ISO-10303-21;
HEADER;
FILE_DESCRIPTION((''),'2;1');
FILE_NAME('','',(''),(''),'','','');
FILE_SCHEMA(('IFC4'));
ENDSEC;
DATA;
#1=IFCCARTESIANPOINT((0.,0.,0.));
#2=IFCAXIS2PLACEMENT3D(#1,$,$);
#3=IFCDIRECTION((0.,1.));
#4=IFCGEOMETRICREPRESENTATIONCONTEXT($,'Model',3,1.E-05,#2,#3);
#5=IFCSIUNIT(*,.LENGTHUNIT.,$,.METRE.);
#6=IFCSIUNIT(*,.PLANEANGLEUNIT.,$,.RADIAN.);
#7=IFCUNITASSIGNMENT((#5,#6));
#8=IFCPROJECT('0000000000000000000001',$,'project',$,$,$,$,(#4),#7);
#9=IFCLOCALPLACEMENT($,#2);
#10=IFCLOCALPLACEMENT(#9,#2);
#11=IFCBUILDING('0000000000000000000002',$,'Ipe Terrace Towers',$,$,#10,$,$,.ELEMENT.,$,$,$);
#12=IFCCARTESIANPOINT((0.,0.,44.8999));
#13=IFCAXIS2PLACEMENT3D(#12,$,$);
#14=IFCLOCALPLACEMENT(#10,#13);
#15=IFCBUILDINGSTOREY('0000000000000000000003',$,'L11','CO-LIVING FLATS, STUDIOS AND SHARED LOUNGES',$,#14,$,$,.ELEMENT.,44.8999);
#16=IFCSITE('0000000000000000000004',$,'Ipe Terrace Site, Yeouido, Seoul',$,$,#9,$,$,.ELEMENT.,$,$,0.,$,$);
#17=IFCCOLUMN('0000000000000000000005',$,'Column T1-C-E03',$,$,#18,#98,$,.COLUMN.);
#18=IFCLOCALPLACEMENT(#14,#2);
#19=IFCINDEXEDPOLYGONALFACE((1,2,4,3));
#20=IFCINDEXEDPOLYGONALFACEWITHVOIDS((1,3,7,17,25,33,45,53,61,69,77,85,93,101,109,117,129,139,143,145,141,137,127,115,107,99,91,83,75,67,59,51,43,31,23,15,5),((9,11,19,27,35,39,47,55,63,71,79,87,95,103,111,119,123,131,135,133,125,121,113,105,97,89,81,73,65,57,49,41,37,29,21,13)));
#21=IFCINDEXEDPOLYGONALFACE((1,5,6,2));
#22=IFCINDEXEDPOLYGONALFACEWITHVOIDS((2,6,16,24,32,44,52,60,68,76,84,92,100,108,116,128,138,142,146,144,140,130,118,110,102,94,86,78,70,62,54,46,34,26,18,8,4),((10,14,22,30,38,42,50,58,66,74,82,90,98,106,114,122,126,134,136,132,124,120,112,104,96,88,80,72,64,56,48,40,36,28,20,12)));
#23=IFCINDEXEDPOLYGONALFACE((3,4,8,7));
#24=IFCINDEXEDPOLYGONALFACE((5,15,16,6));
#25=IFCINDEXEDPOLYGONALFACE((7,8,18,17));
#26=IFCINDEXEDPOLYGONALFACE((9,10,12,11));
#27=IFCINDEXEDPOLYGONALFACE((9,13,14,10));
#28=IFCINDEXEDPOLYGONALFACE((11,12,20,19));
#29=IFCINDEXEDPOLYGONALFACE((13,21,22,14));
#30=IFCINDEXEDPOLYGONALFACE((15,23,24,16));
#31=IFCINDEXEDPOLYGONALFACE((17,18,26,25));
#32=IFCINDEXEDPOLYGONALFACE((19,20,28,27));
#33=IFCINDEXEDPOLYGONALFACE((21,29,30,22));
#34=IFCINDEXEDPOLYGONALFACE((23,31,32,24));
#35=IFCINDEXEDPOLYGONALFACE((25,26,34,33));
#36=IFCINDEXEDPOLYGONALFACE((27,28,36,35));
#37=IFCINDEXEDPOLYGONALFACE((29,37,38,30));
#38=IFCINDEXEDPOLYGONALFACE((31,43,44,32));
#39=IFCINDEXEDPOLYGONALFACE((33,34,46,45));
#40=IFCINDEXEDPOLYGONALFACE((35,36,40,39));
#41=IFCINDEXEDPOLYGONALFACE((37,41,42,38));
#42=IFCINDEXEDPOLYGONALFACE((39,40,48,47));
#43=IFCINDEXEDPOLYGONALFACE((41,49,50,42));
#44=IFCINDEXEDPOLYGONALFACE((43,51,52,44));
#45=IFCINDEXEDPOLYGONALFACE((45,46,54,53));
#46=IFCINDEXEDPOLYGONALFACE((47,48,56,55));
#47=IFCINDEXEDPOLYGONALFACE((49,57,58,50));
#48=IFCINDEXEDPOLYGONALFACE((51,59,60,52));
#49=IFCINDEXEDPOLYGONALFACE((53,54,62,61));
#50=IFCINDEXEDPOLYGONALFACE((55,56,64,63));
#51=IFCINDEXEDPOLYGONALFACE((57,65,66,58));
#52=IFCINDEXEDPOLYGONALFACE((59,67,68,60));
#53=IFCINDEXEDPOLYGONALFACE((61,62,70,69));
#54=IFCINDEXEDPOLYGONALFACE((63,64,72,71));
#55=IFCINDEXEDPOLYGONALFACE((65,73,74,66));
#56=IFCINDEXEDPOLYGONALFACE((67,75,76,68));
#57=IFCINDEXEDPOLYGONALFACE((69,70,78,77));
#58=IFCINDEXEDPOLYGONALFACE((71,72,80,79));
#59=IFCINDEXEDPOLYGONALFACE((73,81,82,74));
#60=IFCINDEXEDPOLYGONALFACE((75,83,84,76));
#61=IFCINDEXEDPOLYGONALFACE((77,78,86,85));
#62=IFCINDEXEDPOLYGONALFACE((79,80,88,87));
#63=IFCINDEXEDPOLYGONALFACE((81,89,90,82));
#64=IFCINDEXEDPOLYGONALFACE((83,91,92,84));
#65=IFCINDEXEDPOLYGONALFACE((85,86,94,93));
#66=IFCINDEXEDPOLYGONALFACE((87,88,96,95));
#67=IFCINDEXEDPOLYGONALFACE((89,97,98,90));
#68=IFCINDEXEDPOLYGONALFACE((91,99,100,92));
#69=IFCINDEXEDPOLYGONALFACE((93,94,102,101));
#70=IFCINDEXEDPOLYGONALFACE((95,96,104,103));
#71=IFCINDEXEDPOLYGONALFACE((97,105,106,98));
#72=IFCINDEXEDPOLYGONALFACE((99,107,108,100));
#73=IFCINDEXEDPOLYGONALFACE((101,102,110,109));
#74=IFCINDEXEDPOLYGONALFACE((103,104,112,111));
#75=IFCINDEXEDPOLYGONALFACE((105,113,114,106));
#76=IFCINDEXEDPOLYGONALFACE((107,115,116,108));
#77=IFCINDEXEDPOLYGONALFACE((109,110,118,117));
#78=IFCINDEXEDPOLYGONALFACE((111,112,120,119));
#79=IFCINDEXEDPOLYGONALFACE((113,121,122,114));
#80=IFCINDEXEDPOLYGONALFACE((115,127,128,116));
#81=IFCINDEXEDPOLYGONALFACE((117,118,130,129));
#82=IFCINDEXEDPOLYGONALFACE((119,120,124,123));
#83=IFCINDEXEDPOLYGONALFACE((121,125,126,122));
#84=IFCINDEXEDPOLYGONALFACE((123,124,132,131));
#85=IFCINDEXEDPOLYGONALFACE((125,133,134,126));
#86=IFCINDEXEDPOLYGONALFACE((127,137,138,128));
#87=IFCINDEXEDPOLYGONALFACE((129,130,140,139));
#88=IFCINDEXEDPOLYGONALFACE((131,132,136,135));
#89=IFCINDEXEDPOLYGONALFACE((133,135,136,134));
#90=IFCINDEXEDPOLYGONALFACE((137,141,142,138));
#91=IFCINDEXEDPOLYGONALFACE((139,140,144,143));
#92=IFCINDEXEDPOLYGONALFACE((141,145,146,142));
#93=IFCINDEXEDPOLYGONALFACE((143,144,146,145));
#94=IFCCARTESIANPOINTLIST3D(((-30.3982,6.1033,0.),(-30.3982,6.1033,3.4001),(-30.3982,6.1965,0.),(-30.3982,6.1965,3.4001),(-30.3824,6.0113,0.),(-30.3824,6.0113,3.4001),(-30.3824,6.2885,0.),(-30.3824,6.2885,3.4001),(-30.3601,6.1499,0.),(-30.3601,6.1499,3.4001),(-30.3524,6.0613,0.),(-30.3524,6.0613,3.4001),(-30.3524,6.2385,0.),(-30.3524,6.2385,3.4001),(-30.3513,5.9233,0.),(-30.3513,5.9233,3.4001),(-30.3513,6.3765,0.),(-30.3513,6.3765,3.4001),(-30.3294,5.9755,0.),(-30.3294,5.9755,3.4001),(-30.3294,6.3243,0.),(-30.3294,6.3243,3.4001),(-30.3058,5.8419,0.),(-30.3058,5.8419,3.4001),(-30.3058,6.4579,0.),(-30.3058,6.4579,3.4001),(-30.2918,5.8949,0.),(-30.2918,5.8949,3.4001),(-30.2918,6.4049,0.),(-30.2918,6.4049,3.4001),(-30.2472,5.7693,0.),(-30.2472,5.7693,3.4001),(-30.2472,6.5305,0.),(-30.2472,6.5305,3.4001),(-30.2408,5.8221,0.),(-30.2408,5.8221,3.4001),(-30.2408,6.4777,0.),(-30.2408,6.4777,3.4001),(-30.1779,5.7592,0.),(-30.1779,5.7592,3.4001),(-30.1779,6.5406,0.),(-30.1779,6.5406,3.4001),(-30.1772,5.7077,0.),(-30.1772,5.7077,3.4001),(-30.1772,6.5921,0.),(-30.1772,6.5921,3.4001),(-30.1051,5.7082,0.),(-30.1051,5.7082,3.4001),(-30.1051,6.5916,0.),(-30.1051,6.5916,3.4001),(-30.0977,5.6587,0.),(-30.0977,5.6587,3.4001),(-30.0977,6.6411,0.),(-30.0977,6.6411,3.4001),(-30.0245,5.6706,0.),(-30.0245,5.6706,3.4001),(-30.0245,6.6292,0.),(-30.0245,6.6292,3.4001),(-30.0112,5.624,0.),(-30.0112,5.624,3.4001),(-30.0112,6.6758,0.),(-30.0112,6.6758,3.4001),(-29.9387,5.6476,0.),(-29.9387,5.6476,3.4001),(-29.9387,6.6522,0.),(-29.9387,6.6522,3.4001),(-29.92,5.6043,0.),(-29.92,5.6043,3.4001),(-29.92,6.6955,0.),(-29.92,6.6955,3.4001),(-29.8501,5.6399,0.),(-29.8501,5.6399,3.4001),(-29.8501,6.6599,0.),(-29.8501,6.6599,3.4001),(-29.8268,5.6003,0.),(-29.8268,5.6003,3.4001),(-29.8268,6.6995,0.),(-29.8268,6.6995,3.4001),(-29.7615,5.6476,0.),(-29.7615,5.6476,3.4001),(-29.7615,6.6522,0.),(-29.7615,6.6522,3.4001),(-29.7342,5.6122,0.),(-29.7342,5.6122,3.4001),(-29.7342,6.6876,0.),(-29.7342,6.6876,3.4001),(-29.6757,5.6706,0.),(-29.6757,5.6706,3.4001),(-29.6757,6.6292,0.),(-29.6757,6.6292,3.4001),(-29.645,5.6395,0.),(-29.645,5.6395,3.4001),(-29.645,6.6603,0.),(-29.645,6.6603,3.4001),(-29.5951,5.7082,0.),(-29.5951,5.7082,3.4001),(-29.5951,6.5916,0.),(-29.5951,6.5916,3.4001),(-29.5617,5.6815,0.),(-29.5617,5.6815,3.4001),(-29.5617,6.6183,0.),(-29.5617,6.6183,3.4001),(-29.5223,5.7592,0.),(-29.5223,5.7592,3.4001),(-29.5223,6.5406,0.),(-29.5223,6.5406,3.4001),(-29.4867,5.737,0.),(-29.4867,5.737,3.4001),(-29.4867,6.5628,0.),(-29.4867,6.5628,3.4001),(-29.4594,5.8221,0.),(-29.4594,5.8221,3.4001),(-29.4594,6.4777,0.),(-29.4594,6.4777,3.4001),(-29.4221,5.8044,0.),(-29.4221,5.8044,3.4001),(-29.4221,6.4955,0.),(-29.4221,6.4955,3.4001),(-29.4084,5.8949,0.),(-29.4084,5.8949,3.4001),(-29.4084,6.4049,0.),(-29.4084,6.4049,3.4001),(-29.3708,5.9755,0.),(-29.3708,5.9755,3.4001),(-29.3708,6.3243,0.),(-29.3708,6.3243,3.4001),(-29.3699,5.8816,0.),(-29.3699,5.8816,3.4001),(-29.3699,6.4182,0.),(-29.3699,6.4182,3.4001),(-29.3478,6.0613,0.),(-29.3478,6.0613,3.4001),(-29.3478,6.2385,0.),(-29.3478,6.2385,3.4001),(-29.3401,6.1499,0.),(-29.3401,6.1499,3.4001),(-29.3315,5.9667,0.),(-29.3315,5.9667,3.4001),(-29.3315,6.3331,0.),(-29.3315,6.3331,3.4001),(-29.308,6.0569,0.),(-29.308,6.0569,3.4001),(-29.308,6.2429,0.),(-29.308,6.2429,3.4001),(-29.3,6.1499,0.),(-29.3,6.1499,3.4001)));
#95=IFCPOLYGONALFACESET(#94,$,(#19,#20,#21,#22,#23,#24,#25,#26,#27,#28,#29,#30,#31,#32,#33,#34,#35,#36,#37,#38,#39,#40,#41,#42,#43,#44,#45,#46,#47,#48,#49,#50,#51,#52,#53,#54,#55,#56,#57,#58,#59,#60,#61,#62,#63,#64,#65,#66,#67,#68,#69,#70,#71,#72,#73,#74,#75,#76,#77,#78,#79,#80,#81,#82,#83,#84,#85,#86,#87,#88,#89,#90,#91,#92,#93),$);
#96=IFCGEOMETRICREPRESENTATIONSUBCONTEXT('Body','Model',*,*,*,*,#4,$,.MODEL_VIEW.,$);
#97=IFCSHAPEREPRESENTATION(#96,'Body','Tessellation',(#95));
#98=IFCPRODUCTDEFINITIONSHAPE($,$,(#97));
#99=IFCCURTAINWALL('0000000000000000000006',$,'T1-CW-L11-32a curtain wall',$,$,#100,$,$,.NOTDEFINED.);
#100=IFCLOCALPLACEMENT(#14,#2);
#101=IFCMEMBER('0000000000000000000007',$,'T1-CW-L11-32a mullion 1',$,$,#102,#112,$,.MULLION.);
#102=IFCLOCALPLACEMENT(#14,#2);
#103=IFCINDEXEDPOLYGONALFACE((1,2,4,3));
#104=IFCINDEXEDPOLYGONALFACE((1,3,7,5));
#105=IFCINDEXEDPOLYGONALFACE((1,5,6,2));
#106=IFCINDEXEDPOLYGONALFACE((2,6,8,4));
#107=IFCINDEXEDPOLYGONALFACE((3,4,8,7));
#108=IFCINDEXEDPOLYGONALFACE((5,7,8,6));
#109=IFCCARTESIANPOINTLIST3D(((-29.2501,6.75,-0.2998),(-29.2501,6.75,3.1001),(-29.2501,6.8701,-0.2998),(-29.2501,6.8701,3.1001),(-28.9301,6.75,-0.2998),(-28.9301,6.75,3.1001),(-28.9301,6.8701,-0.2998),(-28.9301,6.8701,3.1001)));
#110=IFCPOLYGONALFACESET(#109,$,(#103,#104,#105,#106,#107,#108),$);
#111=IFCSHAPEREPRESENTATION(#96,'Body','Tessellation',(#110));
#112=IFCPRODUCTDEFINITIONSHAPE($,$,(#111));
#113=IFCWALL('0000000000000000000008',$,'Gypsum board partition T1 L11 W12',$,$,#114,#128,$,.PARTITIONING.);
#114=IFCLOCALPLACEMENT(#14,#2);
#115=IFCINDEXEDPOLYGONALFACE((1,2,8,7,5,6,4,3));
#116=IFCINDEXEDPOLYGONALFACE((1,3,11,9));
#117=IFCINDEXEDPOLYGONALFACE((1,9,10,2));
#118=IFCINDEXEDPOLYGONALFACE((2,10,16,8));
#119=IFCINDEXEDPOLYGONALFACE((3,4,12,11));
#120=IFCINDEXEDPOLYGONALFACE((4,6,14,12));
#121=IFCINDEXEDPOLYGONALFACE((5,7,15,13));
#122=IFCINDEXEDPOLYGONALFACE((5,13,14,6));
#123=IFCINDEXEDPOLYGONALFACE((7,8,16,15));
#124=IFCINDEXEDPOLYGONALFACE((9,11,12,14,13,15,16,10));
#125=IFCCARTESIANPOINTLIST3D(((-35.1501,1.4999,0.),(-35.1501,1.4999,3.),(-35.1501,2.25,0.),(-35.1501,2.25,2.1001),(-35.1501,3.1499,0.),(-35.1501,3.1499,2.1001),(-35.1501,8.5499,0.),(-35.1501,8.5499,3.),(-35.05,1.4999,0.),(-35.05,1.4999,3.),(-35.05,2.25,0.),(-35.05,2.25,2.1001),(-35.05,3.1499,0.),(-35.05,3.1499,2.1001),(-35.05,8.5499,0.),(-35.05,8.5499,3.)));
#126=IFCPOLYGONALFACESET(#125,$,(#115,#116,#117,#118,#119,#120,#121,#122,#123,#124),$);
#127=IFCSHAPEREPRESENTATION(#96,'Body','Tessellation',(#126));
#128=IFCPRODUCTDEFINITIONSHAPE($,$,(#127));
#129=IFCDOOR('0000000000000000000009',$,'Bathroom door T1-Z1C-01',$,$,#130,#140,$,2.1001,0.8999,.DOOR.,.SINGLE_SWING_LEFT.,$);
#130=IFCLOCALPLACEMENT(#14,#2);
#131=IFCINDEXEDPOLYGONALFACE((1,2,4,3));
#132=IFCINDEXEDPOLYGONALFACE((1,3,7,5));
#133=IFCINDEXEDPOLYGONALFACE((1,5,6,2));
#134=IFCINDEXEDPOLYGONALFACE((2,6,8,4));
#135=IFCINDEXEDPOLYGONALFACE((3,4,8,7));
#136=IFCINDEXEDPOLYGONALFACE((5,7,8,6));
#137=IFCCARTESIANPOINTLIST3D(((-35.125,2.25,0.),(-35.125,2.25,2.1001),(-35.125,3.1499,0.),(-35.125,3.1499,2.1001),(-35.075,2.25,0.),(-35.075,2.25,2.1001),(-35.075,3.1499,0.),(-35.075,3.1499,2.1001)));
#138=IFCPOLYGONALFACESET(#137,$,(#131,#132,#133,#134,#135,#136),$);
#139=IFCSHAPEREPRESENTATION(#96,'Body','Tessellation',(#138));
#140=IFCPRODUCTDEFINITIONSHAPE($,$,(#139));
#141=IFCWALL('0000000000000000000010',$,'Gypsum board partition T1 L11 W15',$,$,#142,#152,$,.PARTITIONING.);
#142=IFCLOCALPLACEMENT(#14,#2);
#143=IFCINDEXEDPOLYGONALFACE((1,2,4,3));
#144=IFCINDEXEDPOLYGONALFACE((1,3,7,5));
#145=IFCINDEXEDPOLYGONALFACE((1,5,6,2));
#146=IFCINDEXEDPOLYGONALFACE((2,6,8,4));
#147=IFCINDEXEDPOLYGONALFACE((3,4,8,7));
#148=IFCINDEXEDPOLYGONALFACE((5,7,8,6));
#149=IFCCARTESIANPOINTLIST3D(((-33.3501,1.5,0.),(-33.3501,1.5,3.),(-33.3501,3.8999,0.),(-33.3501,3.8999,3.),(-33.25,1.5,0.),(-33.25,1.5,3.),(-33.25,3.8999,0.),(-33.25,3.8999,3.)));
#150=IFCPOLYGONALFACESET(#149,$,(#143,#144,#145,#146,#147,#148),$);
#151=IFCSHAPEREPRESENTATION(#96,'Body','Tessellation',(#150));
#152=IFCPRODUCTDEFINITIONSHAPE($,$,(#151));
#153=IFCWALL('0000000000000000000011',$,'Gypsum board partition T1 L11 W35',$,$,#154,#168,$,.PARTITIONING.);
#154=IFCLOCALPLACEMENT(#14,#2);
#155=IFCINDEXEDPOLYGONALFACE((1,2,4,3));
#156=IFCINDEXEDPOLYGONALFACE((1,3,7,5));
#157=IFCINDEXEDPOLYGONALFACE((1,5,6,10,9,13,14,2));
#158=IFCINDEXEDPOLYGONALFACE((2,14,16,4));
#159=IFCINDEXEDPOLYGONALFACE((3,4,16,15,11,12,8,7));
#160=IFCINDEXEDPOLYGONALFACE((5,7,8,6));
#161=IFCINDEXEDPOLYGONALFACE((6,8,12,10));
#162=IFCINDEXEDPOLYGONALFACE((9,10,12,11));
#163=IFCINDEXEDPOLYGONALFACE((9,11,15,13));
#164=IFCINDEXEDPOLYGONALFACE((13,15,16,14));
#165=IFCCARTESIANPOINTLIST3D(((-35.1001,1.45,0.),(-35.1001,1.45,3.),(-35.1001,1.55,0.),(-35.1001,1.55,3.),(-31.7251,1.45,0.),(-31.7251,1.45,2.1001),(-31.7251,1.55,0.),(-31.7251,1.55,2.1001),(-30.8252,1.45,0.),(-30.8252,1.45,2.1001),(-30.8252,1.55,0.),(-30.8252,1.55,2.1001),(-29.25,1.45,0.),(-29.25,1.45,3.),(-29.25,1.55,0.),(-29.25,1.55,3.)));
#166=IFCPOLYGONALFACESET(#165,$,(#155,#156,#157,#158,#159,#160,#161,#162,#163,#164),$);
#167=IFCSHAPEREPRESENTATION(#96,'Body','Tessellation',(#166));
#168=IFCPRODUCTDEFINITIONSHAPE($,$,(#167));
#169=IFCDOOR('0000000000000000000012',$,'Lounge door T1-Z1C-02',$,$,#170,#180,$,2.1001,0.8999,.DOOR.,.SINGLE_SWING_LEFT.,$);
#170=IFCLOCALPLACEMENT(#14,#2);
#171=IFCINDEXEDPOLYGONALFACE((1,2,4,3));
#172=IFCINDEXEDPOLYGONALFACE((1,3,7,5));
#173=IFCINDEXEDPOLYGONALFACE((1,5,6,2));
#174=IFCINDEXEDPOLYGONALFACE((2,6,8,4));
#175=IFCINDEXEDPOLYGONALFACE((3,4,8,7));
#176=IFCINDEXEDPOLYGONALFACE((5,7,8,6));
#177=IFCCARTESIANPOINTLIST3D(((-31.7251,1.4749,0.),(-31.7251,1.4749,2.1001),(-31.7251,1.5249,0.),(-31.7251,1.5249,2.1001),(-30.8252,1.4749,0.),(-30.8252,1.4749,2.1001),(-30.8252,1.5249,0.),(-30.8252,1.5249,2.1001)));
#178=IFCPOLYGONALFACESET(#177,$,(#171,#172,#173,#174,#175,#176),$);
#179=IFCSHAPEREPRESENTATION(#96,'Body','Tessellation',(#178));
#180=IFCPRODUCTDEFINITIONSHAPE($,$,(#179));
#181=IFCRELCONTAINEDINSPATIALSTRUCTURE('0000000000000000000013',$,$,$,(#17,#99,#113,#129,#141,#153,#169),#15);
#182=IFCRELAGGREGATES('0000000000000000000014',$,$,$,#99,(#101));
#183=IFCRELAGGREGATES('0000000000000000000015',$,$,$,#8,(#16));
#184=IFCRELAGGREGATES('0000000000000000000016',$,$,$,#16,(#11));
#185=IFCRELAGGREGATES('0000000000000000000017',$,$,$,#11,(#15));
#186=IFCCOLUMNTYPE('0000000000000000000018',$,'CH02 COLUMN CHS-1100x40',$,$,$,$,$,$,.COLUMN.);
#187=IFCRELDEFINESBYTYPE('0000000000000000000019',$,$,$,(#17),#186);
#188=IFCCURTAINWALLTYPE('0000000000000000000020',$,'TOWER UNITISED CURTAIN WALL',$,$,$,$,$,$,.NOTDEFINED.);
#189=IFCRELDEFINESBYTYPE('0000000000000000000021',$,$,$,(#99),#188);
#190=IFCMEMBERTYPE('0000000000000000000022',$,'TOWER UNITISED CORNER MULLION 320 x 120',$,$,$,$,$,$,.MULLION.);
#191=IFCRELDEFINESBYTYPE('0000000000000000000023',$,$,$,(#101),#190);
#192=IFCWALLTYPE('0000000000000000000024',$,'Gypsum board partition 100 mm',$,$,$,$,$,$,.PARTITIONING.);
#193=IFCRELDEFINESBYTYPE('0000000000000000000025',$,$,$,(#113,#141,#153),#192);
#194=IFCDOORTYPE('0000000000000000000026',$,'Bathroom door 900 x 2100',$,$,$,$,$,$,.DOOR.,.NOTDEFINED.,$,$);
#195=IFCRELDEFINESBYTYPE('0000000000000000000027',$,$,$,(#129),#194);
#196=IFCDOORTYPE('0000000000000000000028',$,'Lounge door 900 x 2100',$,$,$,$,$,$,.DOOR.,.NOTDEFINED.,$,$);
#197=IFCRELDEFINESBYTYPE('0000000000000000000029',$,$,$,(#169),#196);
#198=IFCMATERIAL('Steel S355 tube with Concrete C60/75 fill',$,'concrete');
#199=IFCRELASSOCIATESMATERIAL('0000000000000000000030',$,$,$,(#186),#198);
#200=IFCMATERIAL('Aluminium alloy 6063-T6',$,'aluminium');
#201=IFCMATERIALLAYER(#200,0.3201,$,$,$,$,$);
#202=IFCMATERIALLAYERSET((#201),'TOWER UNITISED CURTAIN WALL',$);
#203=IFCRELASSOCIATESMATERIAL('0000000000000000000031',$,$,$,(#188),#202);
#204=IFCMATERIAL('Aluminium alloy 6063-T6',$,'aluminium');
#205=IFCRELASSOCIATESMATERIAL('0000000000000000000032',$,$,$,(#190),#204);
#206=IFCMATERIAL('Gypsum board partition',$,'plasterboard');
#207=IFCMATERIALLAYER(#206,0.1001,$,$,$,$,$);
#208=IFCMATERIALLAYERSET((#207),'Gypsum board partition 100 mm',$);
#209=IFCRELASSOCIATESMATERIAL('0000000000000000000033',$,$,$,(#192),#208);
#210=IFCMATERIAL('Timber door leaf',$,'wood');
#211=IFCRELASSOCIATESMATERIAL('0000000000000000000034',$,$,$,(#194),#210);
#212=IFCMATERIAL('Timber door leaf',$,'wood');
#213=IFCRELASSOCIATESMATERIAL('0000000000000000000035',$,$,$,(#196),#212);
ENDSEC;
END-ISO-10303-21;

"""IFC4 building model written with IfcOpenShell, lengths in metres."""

from ifc_helpers import new_model, si_unit, direction, frame, frame_2d, origin, origin_2d, place, context, subcontext, project, spatial, rectangle, hollow_circle, extrude, material, layer, layer_set, material_profile, profile_set, type_object, element, fill, aggregate, save


model = new_model("IFC4")

# Units and contexts
model_context = context("Model", 3, precision=1e-05, world=origin(), true_north=direction((0.0, 1.0)))
body_context = subcontext(model_context, "Body", "Model", "MODEL_VIEW")
ifc_project = project(units=[si_unit("LENGTHUNIT", "METRE"), si_unit("PLANEANGLEUNIT", "RADIAN")], contexts=[model_context])

# Site, building, storey
site_placement = place(None, origin())
site = spatial("IfcSite", under=ifc_project, at=site_placement, Name="Ipe Terrace Site, Yeouido, Seoul", CompositionType="ELEMENT", RefElevation=0.0)
building_placement = place(site_placement, origin())
building = spatial("IfcBuilding", under=site, at=building_placement, Name="Ipe Terrace Towers", CompositionType="ELEMENT")
storey_placement = place(building_placement, frame((0.0, 0.0, 44.8999)))
storey = spatial("IfcBuildingStorey", under=building, at=storey_placement, Name="L11", Description="CO-LIVING FLATS, STUDIOS AND SHARED LOUNGES", CompositionType="ELEMENT", Elevation=44.8999)

# Column
ifc_material_1 = material(Name="Steel S355 tube with Concrete C60/75 fill", Category="concrete")
ifc_material_profile_1 = material_profile(ifc_material_1, hollow_circle(Radius=0.55, WallThickness=0.04, at=origin_2d()), Name="CHS-1100x40")
ifc_profile_set_1 = profile_set([ifc_material_profile_1], Name="Steel S355 tube with Concrete C60/75 fill")
column_type = type_object("IfcColumnType", Name="CH02 COLUMN CHS-1100x40", PredefinedType="COLUMN", material=ifc_profile_set_1)
column_placement = place(storey_placement, frame((-29.8501, 6.1499, 0.0), z_axis=(0.0, 0.0, 1.0), x_axis=(1.0, 0.0, 0.0)))
element("IfcColumn", 1, at=column_placement, inside=storey, type_object=column_type, Name="Column T1-C-E03", PredefinedType="COLUMN", context=body_context, shape_type="SweptSolid", body=[
    extrude(hollow_circle(Radius=0.55, WallThickness=0.04, at=origin_2d()), origin(), (0.0, 0.0, 1.0), 3.4001),
])

# Curtain wall, member
ifc_material_2 = material(Name="Aluminium alloy 6063-T6", Category="aluminium")
ifc_layer_1 = layer(ifc_material_2, 0.3201)
ifc_layer_set_1 = layer_set([ifc_layer_1], Name="TOWER UNITISED CURTAIN WALL")
curtain_wall_type = type_object("IfcCurtainWallType", Name="TOWER UNITISED CURTAIN WALL", PredefinedType="NOTDEFINED", material=ifc_layer_set_1)
curtain_wall_placement = place(storey_placement, origin())
curtain_wall = element("IfcCurtainWall", 2, at=curtain_wall_placement, inside=storey, type_object=curtain_wall_type, Name="T1-CW-L11-32a curtain wall", PredefinedType="NOTDEFINED")
ifc_material_3 = material(Name="Aluminium alloy 6063-T6", Category="aluminium")
ifc_material_profile_2 = material_profile(ifc_material_3, rectangle(XDim=0.3201, YDim=0.1201, at=origin_2d()), Name="TOWER UNITISED CORNER MULLION 320 x 120")
ifc_profile_set_2 = profile_set([ifc_material_profile_2], Name="Aluminium alloy 6063-T6")
member_type = type_object("IfcMemberType", Name="TOWER UNITISED CORNER MULLION 320 x 120", PredefinedType="MULLION", material=ifc_profile_set_2)
member_placement = place(storey_placement, frame((-29.0901, 6.8101, -0.2998), z_axis=(0.0, 0.0, 1.0), x_axis=(1.0, 0.0, 0.0)))
member = element("IfcMember", 3, at=member_placement, type_object=member_type, Name="T1-CW-L11-32a mullion 1", PredefinedType="MULLION", context=body_context, shape_type="SweptSolid", body=[
    extrude(rectangle(XDim=0.3201, YDim=0.1201, at=origin_2d()), origin(), (0.0, 0.0, 1.0), 3.3999),
])
aggregate(curtain_wall, [member])

# Wall, opening, door
ifc_material_4 = material(Name="Gypsum board partition", Category="plasterboard")
ifc_layer_2 = layer(ifc_material_4, 0.1001)
ifc_layer_set_2 = layer_set([ifc_layer_2], Name="Gypsum board partition 100 mm")
wall_type_1 = type_object("IfcWallType", Name="Gypsum board partition 100 mm", PredefinedType="PARTITIONING", material=ifc_layer_set_2)
wall_1_placement = place(storey_placement, frame((-35.1001, 1.5, 0.0), z_axis=(0.0, 0.0, 1.0), x_axis=(0.0, 1.0, 0.0)))
wall_1 = element("IfcWall", 4, at=wall_1_placement, inside=storey, type_object=wall_type_1, Name="Gypsum board partition T1 L11 W12", PredefinedType="PARTITIONING", context=body_context, shape_type="SweptSolid", body=[
    extrude(rectangle(XDim=7.05, YDim=0.1001, at=frame_2d((3.5249, 0.0))), origin(), (0.0, 0.0, 1.0), 3.0),
])
opening_1_placement = place(wall_1_placement, frame((0.75, 0.0, 0.0)))
opening_1 = element("IfcOpeningElement", 5, at=opening_1_placement, cuts=wall_1, PredefinedType="OPENING", context=body_context, shape_type="SweptSolid", body=[
    extrude(rectangle(XDim=0.8999, YDim=2.1001, at=frame_2d((0.45, 1.05))), frame((0.0, 0.0601, 0.0), z_axis=(0.0, -1.0, 0.0), x_axis=(1.0, 0.0, 0.0)), (0.0, 0.0, 1.0), 0.1201),
])
ifc_material_5 = material(Name="Timber door leaf", Category="wood")
door_type_1 = type_object("IfcDoorType", Name="Bathroom door 900 x 2100", OperationType="NOTDEFINED", PredefinedType="DOOR", material=ifc_material_5)
door_1_placement = place(opening_1_placement, origin())
door_1 = element("IfcDoor", 6, at=door_1_placement, inside=storey, type_object=door_type_1, Name="Bathroom door T1-Z1C-01", OperationType="SINGLE_SWING_LEFT", OverallHeight=2.1001, OverallWidth=0.8999, PredefinedType="DOOR", context=body_context, shape_type="SweptSolid", body=[
    extrude(rectangle(XDim=0.8999, YDim=2.1001, at=frame_2d((0.45, 1.05))), frame((0.0, 0.0249, 0.0), z_axis=(0.0, -1.0, 0.0), x_axis=(1.0, 0.0, 0.0)), (0.0, 0.0, 1.0), 0.05),
])
fill(opening_1, door_1)

# Wall
wall_2_placement = place(storey_placement, frame((-33.3, 1.5, 0.0), z_axis=(0.0, 0.0, 1.0), x_axis=(0.0, 1.0, 0.0)))
element("IfcWall", 7, at=wall_2_placement, inside=storey, type_object=wall_type_1, Name="Gypsum board partition T1 L11 W15", PredefinedType="PARTITIONING", context=body_context, shape_type="SweptSolid", body=[
    extrude(rectangle(XDim=2.3999, YDim=0.1001, at=frame_2d((1.2, 0.0))), origin(), (0.0, 0.0, 1.0), 3.0),
])

# Wall, opening, door
wall_3_placement = place(storey_placement, frame((-35.1001, 1.5, 0.0), z_axis=(0.0, 0.0, 1.0), x_axis=(1.0, 0.0, 0.0)))
wall_3 = element("IfcWall", 8, at=wall_3_placement, inside=storey, type_object=wall_type_1, Name="Gypsum board partition T1 L11 W35", PredefinedType="PARTITIONING", context=body_context, shape_type="SweptSolid", body=[
    extrude(rectangle(XDim=5.8501, YDim=0.1001, at=frame_2d((2.925, 0.0))), origin(), (0.0, 0.0, 1.0), 3.0),
])
opening_2_placement = place(wall_3_placement, frame((3.375, 0.0, 0.0)))
opening_2 = element("IfcOpeningElement", 9, at=opening_2_placement, cuts=wall_3, PredefinedType="OPENING", context=body_context, shape_type="SweptSolid", body=[
    extrude(rectangle(XDim=0.8999, YDim=2.1001, at=frame_2d((0.45, 1.05))), frame((0.0, 0.0601, 0.0), z_axis=(0.0, -1.0, 0.0), x_axis=(1.0, 0.0, 0.0)), (0.0, 0.0, 1.0), 0.1201),
])
ifc_material_6 = material(Name="Timber door leaf", Category="wood")
door_type_2 = type_object("IfcDoorType", Name="Lounge door 900 x 2100", OperationType="NOTDEFINED", PredefinedType="DOOR", material=ifc_material_6)
door_2_placement = place(opening_2_placement, origin())
door_2 = element("IfcDoor", 10, at=door_2_placement, inside=storey, type_object=door_type_2, Name="Lounge door T1-Z1C-02", OperationType="SINGLE_SWING_LEFT", OverallHeight=2.1001, OverallWidth=0.8999, PredefinedType="DOOR", context=body_context, shape_type="SweptSolid", body=[
    extrude(rectangle(XDim=0.8999, YDim=2.1001, at=frame_2d((0.45, 1.05))), frame((0.0, 0.0249, 0.0), z_axis=(0.0, -1.0, 0.0), x_axis=(1.0, 0.0, 0.0)), (0.0, 0.0, 1.0), 0.05),
])
fill(opening_2, door_2)

save(model, "model.ifc")
